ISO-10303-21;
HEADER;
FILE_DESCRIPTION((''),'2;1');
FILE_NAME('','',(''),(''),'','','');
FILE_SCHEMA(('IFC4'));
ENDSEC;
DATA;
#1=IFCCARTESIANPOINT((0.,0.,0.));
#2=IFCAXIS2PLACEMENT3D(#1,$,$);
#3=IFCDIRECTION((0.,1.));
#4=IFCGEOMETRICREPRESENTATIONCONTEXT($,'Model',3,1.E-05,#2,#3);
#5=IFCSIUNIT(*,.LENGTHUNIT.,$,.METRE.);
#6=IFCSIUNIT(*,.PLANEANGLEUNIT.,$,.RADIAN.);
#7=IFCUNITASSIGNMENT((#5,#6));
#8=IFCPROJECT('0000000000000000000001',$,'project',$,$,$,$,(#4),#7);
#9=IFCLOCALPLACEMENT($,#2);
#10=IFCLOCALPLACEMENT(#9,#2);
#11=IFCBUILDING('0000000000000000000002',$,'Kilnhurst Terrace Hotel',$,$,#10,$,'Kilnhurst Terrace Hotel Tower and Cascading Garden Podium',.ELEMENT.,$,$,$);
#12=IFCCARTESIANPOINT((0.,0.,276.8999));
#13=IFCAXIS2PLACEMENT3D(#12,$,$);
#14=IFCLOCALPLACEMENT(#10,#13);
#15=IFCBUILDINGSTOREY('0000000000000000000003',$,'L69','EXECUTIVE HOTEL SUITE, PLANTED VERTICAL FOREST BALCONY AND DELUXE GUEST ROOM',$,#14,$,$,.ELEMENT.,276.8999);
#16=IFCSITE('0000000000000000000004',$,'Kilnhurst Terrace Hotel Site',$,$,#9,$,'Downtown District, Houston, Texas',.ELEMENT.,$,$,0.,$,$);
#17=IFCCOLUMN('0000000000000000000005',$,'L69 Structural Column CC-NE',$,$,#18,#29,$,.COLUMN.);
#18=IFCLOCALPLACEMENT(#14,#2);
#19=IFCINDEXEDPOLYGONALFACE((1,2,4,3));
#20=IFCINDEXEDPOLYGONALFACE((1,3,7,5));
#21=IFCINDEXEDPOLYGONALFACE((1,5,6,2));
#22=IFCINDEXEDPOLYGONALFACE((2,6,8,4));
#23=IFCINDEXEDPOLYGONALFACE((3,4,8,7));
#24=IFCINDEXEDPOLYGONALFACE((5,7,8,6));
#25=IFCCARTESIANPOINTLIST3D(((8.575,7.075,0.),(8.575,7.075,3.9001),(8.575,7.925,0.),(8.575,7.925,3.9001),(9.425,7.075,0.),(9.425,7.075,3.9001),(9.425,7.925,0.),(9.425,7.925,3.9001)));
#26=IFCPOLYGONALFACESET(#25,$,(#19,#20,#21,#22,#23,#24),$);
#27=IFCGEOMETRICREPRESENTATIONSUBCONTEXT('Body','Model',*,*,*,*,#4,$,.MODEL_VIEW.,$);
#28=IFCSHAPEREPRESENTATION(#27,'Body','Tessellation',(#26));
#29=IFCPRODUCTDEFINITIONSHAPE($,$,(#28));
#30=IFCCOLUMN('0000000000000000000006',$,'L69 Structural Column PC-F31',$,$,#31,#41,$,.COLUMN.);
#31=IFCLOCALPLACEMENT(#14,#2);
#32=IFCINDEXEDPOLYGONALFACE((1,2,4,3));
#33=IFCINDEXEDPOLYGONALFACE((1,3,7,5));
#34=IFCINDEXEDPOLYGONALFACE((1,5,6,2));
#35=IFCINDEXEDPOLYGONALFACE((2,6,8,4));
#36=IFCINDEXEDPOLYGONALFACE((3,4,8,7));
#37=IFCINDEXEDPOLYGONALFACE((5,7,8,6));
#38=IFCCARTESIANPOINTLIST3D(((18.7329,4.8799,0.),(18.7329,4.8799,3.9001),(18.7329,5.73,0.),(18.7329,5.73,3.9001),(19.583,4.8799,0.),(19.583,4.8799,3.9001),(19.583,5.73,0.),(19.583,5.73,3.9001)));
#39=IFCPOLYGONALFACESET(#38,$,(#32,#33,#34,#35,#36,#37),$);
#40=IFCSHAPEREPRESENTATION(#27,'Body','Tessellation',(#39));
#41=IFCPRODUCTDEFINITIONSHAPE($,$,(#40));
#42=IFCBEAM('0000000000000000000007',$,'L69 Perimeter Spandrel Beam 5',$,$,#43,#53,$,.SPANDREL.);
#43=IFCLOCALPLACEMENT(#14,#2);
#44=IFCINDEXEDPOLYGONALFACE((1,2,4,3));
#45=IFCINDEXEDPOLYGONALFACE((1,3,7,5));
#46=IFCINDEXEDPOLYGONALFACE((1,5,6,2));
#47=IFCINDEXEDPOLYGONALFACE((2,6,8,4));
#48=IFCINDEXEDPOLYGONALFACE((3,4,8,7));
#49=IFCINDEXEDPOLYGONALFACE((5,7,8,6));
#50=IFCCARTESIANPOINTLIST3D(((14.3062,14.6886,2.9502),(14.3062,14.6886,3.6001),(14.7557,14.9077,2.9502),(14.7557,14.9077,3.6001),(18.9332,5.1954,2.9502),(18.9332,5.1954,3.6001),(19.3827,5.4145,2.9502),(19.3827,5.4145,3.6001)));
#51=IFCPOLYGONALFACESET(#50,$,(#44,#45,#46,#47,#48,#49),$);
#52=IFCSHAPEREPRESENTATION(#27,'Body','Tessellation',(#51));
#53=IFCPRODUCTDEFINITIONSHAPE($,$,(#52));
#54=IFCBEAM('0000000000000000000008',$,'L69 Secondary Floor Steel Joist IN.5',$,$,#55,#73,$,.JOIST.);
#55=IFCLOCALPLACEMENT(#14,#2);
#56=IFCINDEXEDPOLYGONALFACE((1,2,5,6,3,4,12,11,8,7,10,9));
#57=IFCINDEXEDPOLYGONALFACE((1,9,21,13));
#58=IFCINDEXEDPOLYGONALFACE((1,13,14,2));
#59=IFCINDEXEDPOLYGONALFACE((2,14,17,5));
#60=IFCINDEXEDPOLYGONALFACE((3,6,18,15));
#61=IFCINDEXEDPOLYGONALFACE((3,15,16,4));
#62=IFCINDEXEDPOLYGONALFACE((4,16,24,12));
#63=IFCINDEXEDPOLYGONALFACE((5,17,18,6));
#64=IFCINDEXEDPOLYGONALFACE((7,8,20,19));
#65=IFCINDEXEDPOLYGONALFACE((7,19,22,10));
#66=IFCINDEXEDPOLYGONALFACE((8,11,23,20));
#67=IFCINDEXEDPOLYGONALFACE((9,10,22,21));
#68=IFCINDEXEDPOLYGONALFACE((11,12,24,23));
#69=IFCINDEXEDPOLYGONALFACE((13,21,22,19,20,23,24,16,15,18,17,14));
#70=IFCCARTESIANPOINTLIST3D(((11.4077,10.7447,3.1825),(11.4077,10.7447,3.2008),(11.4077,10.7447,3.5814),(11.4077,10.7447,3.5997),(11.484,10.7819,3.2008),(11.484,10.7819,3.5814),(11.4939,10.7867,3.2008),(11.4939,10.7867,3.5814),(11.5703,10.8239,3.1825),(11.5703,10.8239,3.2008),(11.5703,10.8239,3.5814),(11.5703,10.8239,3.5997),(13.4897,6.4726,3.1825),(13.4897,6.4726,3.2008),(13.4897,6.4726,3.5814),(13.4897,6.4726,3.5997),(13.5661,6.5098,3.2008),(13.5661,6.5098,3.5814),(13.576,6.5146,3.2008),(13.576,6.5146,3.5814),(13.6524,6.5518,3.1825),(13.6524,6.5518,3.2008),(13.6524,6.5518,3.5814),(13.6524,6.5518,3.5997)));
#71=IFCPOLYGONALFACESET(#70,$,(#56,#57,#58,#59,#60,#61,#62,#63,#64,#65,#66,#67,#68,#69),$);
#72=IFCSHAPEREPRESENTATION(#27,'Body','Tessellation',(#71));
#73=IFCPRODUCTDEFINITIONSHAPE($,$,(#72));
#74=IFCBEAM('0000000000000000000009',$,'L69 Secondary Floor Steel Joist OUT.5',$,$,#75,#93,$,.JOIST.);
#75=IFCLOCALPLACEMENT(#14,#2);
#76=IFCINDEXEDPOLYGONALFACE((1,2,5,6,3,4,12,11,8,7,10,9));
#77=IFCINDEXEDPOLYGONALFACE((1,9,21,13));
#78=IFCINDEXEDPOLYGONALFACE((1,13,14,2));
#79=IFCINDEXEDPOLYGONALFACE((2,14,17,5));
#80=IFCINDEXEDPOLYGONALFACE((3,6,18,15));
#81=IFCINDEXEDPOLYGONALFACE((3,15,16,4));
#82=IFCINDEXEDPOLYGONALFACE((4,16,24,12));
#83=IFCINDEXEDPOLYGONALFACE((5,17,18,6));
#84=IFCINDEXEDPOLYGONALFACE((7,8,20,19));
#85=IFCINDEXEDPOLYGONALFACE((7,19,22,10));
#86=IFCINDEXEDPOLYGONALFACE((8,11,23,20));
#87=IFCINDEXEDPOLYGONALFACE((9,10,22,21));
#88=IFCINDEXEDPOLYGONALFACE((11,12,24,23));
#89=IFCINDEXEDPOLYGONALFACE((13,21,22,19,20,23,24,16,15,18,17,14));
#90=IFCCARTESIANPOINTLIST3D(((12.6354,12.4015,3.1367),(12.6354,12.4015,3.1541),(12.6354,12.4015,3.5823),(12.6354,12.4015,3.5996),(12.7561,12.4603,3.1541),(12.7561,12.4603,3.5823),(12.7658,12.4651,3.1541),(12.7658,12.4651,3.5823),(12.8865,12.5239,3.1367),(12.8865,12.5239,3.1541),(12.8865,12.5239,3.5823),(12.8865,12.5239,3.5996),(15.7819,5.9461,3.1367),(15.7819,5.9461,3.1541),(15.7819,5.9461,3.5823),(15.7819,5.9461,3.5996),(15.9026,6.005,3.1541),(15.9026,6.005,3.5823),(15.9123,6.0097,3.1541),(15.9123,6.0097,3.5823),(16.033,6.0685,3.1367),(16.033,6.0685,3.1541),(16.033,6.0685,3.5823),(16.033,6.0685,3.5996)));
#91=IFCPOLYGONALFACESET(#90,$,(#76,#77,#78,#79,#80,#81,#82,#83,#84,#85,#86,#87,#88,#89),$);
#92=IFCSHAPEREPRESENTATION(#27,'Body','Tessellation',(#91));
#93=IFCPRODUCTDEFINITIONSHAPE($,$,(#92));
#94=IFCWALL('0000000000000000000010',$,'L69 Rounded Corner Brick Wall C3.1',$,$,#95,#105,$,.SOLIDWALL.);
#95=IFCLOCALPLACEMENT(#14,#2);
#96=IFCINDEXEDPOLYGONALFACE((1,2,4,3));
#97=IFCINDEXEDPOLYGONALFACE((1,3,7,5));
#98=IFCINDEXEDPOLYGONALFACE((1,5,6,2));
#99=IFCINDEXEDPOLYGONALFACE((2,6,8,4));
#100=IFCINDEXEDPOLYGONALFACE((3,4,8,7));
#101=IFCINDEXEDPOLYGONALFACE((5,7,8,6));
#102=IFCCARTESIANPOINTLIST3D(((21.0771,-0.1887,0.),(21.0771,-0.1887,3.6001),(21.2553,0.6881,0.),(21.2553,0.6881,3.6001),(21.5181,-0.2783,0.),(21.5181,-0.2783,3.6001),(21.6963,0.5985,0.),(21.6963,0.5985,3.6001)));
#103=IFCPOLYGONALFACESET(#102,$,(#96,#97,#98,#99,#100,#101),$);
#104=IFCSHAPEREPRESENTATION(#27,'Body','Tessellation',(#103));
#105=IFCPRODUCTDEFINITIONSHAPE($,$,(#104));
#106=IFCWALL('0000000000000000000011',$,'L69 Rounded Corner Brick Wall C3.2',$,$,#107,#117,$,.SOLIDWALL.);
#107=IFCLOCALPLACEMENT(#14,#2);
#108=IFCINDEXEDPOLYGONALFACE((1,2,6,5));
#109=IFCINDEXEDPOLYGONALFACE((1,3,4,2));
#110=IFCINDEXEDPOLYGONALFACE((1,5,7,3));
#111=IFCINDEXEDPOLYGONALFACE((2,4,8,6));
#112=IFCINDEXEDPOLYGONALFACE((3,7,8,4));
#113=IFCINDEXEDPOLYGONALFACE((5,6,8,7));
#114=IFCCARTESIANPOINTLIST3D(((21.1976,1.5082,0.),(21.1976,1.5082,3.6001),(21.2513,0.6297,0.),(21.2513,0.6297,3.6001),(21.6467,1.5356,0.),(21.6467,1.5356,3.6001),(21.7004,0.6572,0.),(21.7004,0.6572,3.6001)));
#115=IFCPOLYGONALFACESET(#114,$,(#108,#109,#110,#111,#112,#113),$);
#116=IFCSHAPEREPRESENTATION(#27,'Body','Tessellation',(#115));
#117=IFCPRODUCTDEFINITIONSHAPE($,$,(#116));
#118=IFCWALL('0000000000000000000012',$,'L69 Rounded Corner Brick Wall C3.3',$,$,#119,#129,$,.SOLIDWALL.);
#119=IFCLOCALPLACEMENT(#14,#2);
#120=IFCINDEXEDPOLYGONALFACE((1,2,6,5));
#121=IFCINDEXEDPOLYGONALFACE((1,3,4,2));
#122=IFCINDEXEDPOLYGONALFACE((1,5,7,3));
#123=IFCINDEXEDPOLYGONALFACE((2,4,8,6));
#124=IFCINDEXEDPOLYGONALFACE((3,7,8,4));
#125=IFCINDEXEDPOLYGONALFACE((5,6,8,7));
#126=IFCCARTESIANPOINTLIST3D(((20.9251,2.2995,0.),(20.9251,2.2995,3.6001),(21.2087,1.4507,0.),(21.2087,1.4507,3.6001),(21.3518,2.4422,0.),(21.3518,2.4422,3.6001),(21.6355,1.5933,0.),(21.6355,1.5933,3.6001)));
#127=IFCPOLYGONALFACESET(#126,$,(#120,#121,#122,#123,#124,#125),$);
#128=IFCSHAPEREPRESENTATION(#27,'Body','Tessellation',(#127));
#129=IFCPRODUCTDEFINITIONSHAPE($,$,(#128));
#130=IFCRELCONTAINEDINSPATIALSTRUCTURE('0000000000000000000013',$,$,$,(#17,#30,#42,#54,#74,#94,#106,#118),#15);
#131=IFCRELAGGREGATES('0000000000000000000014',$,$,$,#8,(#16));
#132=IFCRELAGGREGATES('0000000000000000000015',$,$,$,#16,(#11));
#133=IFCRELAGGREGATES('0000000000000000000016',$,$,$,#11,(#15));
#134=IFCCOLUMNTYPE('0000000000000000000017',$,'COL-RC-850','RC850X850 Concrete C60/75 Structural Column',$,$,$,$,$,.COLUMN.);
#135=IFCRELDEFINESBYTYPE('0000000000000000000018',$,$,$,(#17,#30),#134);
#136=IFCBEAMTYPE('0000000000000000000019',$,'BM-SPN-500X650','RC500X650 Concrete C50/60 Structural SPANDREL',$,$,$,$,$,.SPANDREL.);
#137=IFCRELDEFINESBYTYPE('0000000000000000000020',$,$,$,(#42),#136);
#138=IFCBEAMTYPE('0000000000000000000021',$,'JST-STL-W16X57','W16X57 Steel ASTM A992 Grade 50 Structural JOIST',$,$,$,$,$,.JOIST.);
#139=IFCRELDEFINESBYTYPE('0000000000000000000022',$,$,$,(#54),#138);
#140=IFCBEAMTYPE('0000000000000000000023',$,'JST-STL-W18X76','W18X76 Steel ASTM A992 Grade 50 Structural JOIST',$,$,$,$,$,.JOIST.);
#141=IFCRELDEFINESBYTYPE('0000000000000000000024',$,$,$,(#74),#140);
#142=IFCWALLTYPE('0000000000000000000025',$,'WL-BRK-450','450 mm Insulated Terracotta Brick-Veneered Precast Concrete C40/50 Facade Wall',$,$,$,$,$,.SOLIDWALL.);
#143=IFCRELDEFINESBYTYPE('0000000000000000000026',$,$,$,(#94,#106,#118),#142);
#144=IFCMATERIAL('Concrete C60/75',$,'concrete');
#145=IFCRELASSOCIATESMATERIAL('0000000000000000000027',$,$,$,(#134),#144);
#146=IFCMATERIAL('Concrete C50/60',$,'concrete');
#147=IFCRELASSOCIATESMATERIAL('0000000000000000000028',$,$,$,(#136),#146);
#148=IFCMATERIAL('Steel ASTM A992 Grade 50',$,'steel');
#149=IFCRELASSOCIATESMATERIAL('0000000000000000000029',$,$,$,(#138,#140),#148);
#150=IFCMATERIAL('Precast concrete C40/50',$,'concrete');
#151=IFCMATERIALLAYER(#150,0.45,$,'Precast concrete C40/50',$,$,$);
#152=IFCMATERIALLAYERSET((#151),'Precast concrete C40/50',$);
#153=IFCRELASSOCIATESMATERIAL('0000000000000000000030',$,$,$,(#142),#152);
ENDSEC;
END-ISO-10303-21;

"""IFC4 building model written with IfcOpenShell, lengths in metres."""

from ifc_helpers import new_model, si_unit, direction, frame, frame_2d, origin, origin_2d, place, context, subcontext, project, spatial, rectangle, i_section, extrude, material, layer, layer_set, material_profile, profile_set, type_object, element, save


model = new_model("IFC4")

# Units and contexts
model_context = context("Model", 3, precision=1e-05, world=origin(), true_north=direction((0.0, 1.0)))
body_context = subcontext(model_context, "Body", "Model", "MODEL_VIEW")
ifc_project = project(units=[si_unit("LENGTHUNIT", "METRE"), si_unit("PLANEANGLEUNIT", "RADIAN")], contexts=[model_context])

# Site, building, storey
site_placement = place(None, origin())
site = spatial("IfcSite", under=ifc_project, at=site_placement, Name="Kilnhurst Terrace Hotel Site", LongName="Downtown District, Houston, Texas", CompositionType="ELEMENT", RefElevation=0.0)
building_placement = place(site_placement, origin())
building = spatial("IfcBuilding", under=site, at=building_placement, Name="Kilnhurst Terrace Hotel", LongName="Kilnhurst Terrace Hotel Tower and Cascading Garden Podium", CompositionType="ELEMENT")
storey_placement = place(building_placement, frame((0.0, 0.0, 276.8999)))
storey = spatial("IfcBuildingStorey", under=building, at=storey_placement, Name="L69", Description="EXECUTIVE HOTEL SUITE, PLANTED VERTICAL FOREST BALCONY AND DELUXE GUEST ROOM", CompositionType="ELEMENT", Elevation=276.8999)

# Columns
ifc_material_1 = material(Name="Concrete C60/75", Category="concrete")
ifc_material_profile_1 = material_profile(ifc_material_1, rectangle(XDim=0.8501, YDim=0.8501, at=origin_2d()), Name="RC850X850")
ifc_profile_set_1 = profile_set([ifc_material_profile_1], Name="Concrete C60/75")
column_type = type_object("IfcColumnType", Name="COL-RC-850", Description="RC850X850 Concrete C60/75 Structural Column", PredefinedType="COLUMN", material=ifc_profile_set_1)
for number, where, z_axis, x_axis, name in (
    (1, (9.0, 7.5, 0.0), (0.0, 0.0, 1.0), (1.0, 0.0, 0.0), "L69 Structural Column CC-NE"),
    (2, (19.158, 5.3049, 0.0), (0.0, 0.0, 1.0), (1.0, 0.0, 0.0), "L69 Structural Column PC-F31"),
):
    element("IfcColumn", number, at=place(storey_placement, frame(where, z_axis=z_axis, x_axis=x_axis)), inside=storey, type_object=column_type, Name=name, PredefinedType="COLUMN", context=body_context, shape_type="SweptSolid", body=[
        extrude(rectangle(XDim=0.8501, YDim=0.8501, at=origin_2d()), origin(), (0.0, 0.0, 1.0), 3.9001),
    ])

# Beams
ifc_material_2 = material(Name="Concrete C50/60", Category="concrete")
ifc_material_profile_2 = material_profile(ifc_material_2, rectangle(XDim=0.5, YDim=0.6499, at=origin_2d()), Name="RC500X650")
ifc_profile_set_2 = profile_set([ifc_material_profile_2], Name="Concrete C50/60")
beam_type_1 = type_object("IfcBeamType", Name="BM-SPN-500X650", Description="RC500X650 Concrete C50/60 Structural SPANDREL", PredefinedType="SPANDREL", material=ifc_profile_set_2)
beam_1_placement = place(storey_placement, frame((19.158, 5.3049, 3.2751), z_axis=(-0.438128, 0.898912, 0.0), x_axis=(-0.898912, -0.438128, 0.0)))
element("IfcBeam", 3, at=beam_1_placement, inside=storey, type_object=beam_type_1, Name="L69 Perimeter Spandrel Beam 5", PredefinedType="SPANDREL", context=body_context, shape_type="SweptSolid", body=[
    extrude(rectangle(XDim=0.5, YDim=0.6499, at=origin_2d()), origin(), (0.0, 0.0, 1.0), 10.5608),
])
ifc_material_3 = material(Name="Steel ASTM A992 Grade 50", Category="steel")
ifc_material_profile_3 = material_profile(ifc_material_3, i_section(OverallWidth=0.1809, OverallDepth=0.4172, WebThickness=0.011, FlangeThickness=0.0183, at=origin_2d()), Name="W16X57")
ifc_profile_set_3 = profile_set([ifc_material_profile_3], Name="Steel ASTM A992 Grade 50")
beam_type_2 = type_object("IfcBeamType", Name="JST-STL-W16X57", Description="W16X57 Steel ASTM A992 Grade 50 Structural JOIST", PredefinedType="JOIST", material=ifc_profile_set_3)
beam_2_placement = place(storey_placement, frame((13.571, 6.5122, 3.3911), z_axis=(-0.438108, 0.898922, 0.0), x_axis=(-0.898922, -0.438108, 0.0)))
element("IfcBeam", 4, at=beam_2_placement, inside=storey, type_object=beam_type_2, Name="L69 Secondary Floor Steel Joist IN.5", PredefinedType="JOIST", context=body_context, shape_type="SweptSolid", body=[
    extrude(i_section(OverallWidth=0.1809, OverallDepth=0.4172, WebThickness=0.011, FlangeThickness=0.0183, at=origin_2d()), origin(), (0.0, 0.0, 1.0), 4.7524),
])
ifc_material_profile_4 = material_profile(ifc_material_3, i_section(OverallWidth=0.2793, OverallDepth=0.4629, WebThickness=0.0107, FlangeThickness=0.0173, at=origin_2d()), Name="W18X76")
ifc_profile_set_4 = profile_set([ifc_material_profile_4], Name="Steel ASTM A992 Grade 50")
beam_type_3 = type_object("IfcBeamType", Name="JST-STL-W18X76", Description="W18X76 Steel ASTM A992 Grade 50 Structural JOIST", PredefinedType="JOIST", material=ifc_profile_set_4)
beam_3_placement = place(storey_placement, frame((15.9075, 6.0073, 3.3682), z_axis=(-0.438148, 0.898903, 0.0), x_axis=(-0.898903, -0.438148, 0.0)))
element("IfcBeam", 5, at=beam_3_placement, inside=storey, type_object=beam_type_3, Name="L69 Secondary Floor Steel Joist OUT.5", PredefinedType="JOIST", context=body_context, shape_type="SweptSolid", body=[
    extrude(i_section(OverallWidth=0.2793, OverallDepth=0.4629, WebThickness=0.0107, FlangeThickness=0.0173, at=origin_2d()), origin(), (0.0, 0.0, 1.0), 7.1814),
])

# Walls
ifc_material_4 = material(Name="Precast concrete C40/50", Category="concrete")
ifc_layer_1 = layer(ifc_material_4, 0.45, Name="Precast concrete C40/50")
ifc_layer_set_1 = layer_set([ifc_layer_1], Name="Precast concrete C40/50")
wall_type_1 = type_object("IfcWallType", Name="WL-BRK-450", Description="450 mm Insulated Terracotta Brick-Veneered Precast Concrete C40/50 Facade Wall", PredefinedType="SOLIDWALL", material=ifc_layer_set_1)
wall_1_placement = place(storey_placement, frame((21.2976, -0.2334, 0.0), z_axis=(0.0, 0.0, 1.0), x_axis=(0.199158, 0.979967, 0.0)))
element("IfcWall", 6, at=wall_1_placement, inside=storey, type_object=wall_type_1, Name="L69 Rounded Corner Brick Wall C3.1", PredefinedType="SOLIDWALL", context=body_context, shape_type="SweptSolid", body=[
    extrude(rectangle(XDim=0.8948, YDim=0.45, at=frame_2d((0.4473, 0.0))), origin(), (0.0, 0.0, 1.0), 3.6001),
])
wall_2_placement = place(storey_placement, frame((21.4758, 0.6436, 0.0), z_axis=(0.0, 0.0, 1.0), x_axis=(-0.061031, 0.998136, 0.0)))
element("IfcWall", 7, at=wall_2_placement, inside=storey, type_object=wall_type_1, Name="L69 Rounded Corner Brick Wall C3.2", PredefinedType="SOLIDWALL", context=body_context, shape_type="SweptSolid", body=[
    extrude(rectangle(XDim=0.8801, YDim=0.45, at=frame_2d((0.4399, 0.0))), origin(), (0.0, 0.0, 1.0), 3.6001),
])
wall_3_placement = place(storey_placement, frame((21.4221, 1.522, 0.0), z_axis=(0.0, 0.0, 1.0), x_axis=(-0.316964, 0.948438, 0.0)))
element("IfcWall", 8, at=wall_3_placement, inside=storey, type_object=wall_type_1, Name="L69 Rounded Corner Brick Wall C3.3", PredefinedType="SOLIDWALL", context=body_context, shape_type="SweptSolid", body=[
    extrude(rectangle(XDim=0.895, YDim=0.45, at=frame_2d((0.4475, 0.0))), origin(), (0.0, 0.0, 1.0), 3.6001),
])

save(model, "model.ifc")
